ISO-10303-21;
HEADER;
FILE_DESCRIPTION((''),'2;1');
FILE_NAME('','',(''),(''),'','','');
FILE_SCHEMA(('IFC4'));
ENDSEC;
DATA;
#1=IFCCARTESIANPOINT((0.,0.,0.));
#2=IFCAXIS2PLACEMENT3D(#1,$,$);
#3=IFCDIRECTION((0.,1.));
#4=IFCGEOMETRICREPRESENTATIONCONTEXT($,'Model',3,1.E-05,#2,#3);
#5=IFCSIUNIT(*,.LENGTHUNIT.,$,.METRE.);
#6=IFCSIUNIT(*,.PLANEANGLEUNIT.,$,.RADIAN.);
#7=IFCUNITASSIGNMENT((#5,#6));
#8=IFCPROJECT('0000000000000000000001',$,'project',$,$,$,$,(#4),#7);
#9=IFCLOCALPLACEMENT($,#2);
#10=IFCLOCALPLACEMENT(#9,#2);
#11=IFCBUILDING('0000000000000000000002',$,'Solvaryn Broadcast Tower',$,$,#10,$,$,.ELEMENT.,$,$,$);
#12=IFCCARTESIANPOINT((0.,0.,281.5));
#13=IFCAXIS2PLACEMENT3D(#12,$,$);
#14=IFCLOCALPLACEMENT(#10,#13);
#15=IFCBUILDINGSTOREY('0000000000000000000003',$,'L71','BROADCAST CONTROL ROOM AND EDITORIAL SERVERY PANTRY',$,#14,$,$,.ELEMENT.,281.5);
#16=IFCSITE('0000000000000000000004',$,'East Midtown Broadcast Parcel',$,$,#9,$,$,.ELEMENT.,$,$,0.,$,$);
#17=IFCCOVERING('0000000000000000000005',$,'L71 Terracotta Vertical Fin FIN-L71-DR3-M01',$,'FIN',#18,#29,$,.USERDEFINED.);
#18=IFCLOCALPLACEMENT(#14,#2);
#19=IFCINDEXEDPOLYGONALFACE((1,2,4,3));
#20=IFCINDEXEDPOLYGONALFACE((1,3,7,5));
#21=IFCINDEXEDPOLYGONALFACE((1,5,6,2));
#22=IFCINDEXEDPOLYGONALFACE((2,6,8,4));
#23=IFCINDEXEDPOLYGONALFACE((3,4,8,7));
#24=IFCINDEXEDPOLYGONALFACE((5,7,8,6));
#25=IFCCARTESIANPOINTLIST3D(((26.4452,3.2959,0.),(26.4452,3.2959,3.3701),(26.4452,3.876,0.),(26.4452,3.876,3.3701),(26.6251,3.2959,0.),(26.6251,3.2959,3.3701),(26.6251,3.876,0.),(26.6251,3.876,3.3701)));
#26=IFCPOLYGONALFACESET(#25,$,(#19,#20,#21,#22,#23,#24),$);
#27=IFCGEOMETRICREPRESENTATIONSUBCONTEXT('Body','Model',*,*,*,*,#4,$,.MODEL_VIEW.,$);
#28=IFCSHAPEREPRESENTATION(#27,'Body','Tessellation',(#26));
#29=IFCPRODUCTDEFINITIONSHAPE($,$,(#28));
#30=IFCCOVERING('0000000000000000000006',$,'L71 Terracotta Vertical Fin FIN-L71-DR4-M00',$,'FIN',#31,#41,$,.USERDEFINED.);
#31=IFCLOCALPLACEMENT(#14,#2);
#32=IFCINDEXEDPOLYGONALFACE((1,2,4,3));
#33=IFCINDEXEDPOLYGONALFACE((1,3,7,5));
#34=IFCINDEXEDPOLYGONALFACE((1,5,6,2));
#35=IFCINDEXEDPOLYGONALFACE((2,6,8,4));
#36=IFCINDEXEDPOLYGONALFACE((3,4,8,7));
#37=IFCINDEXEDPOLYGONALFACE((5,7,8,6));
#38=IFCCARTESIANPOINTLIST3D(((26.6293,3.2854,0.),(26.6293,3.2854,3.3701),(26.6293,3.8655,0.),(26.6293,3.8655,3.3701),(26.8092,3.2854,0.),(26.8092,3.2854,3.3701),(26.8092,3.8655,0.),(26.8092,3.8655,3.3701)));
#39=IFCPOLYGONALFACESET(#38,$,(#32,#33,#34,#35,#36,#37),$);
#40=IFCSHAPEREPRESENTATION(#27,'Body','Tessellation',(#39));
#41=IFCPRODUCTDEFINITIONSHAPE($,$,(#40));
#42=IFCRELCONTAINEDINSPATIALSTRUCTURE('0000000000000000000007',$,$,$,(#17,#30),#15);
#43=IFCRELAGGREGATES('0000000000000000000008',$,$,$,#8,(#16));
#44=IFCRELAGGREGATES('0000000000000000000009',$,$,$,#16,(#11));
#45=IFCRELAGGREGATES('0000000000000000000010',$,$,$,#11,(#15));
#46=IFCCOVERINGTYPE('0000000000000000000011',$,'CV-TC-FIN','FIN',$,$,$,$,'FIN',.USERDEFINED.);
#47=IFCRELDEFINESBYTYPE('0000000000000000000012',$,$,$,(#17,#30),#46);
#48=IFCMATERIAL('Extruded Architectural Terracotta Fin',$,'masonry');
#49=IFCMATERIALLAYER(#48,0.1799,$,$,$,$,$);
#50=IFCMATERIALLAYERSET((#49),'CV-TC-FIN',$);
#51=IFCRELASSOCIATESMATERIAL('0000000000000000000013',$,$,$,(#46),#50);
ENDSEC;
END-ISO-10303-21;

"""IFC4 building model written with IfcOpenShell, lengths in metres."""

from ifc_helpers import new_model, si_unit, direction, frame, origin, origin_2d, place, context, subcontext, project, spatial, rectangle, extrude, material, layer, layer_set, type_object, element, save


model = new_model("IFC4")

# Units and contexts
model_context = context("Model", 3, precision=1e-05, world=origin(), true_north=direction((0.0, 1.0)))
body_context = subcontext(model_context, "Body", "Model", "MODEL_VIEW")
ifc_project = project(units=[si_unit("LENGTHUNIT", "METRE"), si_unit("PLANEANGLEUNIT", "RADIAN")], contexts=[model_context])

# Site, building, storey
site_placement = place(None, origin())
site = spatial("IfcSite", under=ifc_project, at=site_placement, Name="East Midtown Broadcast Parcel", CompositionType="ELEMENT", RefElevation=0.0)
building_placement = place(site_placement, origin())
building = spatial("IfcBuilding", under=site, at=building_placement, Name="Solvaryn Broadcast Tower", CompositionType="ELEMENT")
storey_placement = place(building_placement, frame((0.0, 0.0, 281.5)))
storey = spatial("IfcBuildingStorey", under=building, at=storey_placement, Name="L71", Description="BROADCAST CONTROL ROOM AND EDITORIAL SERVERY PANTRY", CompositionType="ELEMENT", Elevation=281.5)

# Coverings
ifc_material_1 = material(Name="Extruded Architectural Terracotta Fin", Category="masonry")
ifc_layer_1 = layer(ifc_material_1, 0.1799)
ifc_layer_set_1 = layer_set([ifc_layer_1], Name="CV-TC-FIN")
covering_type_1 = type_object("IfcCoveringType", Name="CV-TC-FIN", Description="FIN", ElementType="FIN", PredefinedType="USERDEFINED", material=ifc_layer_set_1)
for number, where, z_axis, x_axis, name in (
    (1, (26.5352, 3.5859, 0.0), (0.0, 0.0, 1.0), (1.0, 0.0, 0.0), "L71 Terracotta Vertical Fin FIN-L71-DR3-M01"),
    (2, (26.7192, 3.5754, 0.0), (0.0, 0.0, 1.0), (1.0, 0.0, 0.0), "L71 Terracotta Vertical Fin FIN-L71-DR4-M00"),
):
    element("IfcCovering", number, at=place(storey_placement, frame(where, z_axis=z_axis, x_axis=x_axis)), inside=storey, type_object=covering_type_1, Name=name, ObjectType="FIN", PredefinedType="USERDEFINED", context=body_context, shape_type="SweptSolid", body=[
        extrude(rectangle(XDim=0.1799, YDim=0.5801, at=origin_2d()), origin(), (0.0, 0.0, 1.0), 3.3701),
    ])

save(model, "model.ifc")
